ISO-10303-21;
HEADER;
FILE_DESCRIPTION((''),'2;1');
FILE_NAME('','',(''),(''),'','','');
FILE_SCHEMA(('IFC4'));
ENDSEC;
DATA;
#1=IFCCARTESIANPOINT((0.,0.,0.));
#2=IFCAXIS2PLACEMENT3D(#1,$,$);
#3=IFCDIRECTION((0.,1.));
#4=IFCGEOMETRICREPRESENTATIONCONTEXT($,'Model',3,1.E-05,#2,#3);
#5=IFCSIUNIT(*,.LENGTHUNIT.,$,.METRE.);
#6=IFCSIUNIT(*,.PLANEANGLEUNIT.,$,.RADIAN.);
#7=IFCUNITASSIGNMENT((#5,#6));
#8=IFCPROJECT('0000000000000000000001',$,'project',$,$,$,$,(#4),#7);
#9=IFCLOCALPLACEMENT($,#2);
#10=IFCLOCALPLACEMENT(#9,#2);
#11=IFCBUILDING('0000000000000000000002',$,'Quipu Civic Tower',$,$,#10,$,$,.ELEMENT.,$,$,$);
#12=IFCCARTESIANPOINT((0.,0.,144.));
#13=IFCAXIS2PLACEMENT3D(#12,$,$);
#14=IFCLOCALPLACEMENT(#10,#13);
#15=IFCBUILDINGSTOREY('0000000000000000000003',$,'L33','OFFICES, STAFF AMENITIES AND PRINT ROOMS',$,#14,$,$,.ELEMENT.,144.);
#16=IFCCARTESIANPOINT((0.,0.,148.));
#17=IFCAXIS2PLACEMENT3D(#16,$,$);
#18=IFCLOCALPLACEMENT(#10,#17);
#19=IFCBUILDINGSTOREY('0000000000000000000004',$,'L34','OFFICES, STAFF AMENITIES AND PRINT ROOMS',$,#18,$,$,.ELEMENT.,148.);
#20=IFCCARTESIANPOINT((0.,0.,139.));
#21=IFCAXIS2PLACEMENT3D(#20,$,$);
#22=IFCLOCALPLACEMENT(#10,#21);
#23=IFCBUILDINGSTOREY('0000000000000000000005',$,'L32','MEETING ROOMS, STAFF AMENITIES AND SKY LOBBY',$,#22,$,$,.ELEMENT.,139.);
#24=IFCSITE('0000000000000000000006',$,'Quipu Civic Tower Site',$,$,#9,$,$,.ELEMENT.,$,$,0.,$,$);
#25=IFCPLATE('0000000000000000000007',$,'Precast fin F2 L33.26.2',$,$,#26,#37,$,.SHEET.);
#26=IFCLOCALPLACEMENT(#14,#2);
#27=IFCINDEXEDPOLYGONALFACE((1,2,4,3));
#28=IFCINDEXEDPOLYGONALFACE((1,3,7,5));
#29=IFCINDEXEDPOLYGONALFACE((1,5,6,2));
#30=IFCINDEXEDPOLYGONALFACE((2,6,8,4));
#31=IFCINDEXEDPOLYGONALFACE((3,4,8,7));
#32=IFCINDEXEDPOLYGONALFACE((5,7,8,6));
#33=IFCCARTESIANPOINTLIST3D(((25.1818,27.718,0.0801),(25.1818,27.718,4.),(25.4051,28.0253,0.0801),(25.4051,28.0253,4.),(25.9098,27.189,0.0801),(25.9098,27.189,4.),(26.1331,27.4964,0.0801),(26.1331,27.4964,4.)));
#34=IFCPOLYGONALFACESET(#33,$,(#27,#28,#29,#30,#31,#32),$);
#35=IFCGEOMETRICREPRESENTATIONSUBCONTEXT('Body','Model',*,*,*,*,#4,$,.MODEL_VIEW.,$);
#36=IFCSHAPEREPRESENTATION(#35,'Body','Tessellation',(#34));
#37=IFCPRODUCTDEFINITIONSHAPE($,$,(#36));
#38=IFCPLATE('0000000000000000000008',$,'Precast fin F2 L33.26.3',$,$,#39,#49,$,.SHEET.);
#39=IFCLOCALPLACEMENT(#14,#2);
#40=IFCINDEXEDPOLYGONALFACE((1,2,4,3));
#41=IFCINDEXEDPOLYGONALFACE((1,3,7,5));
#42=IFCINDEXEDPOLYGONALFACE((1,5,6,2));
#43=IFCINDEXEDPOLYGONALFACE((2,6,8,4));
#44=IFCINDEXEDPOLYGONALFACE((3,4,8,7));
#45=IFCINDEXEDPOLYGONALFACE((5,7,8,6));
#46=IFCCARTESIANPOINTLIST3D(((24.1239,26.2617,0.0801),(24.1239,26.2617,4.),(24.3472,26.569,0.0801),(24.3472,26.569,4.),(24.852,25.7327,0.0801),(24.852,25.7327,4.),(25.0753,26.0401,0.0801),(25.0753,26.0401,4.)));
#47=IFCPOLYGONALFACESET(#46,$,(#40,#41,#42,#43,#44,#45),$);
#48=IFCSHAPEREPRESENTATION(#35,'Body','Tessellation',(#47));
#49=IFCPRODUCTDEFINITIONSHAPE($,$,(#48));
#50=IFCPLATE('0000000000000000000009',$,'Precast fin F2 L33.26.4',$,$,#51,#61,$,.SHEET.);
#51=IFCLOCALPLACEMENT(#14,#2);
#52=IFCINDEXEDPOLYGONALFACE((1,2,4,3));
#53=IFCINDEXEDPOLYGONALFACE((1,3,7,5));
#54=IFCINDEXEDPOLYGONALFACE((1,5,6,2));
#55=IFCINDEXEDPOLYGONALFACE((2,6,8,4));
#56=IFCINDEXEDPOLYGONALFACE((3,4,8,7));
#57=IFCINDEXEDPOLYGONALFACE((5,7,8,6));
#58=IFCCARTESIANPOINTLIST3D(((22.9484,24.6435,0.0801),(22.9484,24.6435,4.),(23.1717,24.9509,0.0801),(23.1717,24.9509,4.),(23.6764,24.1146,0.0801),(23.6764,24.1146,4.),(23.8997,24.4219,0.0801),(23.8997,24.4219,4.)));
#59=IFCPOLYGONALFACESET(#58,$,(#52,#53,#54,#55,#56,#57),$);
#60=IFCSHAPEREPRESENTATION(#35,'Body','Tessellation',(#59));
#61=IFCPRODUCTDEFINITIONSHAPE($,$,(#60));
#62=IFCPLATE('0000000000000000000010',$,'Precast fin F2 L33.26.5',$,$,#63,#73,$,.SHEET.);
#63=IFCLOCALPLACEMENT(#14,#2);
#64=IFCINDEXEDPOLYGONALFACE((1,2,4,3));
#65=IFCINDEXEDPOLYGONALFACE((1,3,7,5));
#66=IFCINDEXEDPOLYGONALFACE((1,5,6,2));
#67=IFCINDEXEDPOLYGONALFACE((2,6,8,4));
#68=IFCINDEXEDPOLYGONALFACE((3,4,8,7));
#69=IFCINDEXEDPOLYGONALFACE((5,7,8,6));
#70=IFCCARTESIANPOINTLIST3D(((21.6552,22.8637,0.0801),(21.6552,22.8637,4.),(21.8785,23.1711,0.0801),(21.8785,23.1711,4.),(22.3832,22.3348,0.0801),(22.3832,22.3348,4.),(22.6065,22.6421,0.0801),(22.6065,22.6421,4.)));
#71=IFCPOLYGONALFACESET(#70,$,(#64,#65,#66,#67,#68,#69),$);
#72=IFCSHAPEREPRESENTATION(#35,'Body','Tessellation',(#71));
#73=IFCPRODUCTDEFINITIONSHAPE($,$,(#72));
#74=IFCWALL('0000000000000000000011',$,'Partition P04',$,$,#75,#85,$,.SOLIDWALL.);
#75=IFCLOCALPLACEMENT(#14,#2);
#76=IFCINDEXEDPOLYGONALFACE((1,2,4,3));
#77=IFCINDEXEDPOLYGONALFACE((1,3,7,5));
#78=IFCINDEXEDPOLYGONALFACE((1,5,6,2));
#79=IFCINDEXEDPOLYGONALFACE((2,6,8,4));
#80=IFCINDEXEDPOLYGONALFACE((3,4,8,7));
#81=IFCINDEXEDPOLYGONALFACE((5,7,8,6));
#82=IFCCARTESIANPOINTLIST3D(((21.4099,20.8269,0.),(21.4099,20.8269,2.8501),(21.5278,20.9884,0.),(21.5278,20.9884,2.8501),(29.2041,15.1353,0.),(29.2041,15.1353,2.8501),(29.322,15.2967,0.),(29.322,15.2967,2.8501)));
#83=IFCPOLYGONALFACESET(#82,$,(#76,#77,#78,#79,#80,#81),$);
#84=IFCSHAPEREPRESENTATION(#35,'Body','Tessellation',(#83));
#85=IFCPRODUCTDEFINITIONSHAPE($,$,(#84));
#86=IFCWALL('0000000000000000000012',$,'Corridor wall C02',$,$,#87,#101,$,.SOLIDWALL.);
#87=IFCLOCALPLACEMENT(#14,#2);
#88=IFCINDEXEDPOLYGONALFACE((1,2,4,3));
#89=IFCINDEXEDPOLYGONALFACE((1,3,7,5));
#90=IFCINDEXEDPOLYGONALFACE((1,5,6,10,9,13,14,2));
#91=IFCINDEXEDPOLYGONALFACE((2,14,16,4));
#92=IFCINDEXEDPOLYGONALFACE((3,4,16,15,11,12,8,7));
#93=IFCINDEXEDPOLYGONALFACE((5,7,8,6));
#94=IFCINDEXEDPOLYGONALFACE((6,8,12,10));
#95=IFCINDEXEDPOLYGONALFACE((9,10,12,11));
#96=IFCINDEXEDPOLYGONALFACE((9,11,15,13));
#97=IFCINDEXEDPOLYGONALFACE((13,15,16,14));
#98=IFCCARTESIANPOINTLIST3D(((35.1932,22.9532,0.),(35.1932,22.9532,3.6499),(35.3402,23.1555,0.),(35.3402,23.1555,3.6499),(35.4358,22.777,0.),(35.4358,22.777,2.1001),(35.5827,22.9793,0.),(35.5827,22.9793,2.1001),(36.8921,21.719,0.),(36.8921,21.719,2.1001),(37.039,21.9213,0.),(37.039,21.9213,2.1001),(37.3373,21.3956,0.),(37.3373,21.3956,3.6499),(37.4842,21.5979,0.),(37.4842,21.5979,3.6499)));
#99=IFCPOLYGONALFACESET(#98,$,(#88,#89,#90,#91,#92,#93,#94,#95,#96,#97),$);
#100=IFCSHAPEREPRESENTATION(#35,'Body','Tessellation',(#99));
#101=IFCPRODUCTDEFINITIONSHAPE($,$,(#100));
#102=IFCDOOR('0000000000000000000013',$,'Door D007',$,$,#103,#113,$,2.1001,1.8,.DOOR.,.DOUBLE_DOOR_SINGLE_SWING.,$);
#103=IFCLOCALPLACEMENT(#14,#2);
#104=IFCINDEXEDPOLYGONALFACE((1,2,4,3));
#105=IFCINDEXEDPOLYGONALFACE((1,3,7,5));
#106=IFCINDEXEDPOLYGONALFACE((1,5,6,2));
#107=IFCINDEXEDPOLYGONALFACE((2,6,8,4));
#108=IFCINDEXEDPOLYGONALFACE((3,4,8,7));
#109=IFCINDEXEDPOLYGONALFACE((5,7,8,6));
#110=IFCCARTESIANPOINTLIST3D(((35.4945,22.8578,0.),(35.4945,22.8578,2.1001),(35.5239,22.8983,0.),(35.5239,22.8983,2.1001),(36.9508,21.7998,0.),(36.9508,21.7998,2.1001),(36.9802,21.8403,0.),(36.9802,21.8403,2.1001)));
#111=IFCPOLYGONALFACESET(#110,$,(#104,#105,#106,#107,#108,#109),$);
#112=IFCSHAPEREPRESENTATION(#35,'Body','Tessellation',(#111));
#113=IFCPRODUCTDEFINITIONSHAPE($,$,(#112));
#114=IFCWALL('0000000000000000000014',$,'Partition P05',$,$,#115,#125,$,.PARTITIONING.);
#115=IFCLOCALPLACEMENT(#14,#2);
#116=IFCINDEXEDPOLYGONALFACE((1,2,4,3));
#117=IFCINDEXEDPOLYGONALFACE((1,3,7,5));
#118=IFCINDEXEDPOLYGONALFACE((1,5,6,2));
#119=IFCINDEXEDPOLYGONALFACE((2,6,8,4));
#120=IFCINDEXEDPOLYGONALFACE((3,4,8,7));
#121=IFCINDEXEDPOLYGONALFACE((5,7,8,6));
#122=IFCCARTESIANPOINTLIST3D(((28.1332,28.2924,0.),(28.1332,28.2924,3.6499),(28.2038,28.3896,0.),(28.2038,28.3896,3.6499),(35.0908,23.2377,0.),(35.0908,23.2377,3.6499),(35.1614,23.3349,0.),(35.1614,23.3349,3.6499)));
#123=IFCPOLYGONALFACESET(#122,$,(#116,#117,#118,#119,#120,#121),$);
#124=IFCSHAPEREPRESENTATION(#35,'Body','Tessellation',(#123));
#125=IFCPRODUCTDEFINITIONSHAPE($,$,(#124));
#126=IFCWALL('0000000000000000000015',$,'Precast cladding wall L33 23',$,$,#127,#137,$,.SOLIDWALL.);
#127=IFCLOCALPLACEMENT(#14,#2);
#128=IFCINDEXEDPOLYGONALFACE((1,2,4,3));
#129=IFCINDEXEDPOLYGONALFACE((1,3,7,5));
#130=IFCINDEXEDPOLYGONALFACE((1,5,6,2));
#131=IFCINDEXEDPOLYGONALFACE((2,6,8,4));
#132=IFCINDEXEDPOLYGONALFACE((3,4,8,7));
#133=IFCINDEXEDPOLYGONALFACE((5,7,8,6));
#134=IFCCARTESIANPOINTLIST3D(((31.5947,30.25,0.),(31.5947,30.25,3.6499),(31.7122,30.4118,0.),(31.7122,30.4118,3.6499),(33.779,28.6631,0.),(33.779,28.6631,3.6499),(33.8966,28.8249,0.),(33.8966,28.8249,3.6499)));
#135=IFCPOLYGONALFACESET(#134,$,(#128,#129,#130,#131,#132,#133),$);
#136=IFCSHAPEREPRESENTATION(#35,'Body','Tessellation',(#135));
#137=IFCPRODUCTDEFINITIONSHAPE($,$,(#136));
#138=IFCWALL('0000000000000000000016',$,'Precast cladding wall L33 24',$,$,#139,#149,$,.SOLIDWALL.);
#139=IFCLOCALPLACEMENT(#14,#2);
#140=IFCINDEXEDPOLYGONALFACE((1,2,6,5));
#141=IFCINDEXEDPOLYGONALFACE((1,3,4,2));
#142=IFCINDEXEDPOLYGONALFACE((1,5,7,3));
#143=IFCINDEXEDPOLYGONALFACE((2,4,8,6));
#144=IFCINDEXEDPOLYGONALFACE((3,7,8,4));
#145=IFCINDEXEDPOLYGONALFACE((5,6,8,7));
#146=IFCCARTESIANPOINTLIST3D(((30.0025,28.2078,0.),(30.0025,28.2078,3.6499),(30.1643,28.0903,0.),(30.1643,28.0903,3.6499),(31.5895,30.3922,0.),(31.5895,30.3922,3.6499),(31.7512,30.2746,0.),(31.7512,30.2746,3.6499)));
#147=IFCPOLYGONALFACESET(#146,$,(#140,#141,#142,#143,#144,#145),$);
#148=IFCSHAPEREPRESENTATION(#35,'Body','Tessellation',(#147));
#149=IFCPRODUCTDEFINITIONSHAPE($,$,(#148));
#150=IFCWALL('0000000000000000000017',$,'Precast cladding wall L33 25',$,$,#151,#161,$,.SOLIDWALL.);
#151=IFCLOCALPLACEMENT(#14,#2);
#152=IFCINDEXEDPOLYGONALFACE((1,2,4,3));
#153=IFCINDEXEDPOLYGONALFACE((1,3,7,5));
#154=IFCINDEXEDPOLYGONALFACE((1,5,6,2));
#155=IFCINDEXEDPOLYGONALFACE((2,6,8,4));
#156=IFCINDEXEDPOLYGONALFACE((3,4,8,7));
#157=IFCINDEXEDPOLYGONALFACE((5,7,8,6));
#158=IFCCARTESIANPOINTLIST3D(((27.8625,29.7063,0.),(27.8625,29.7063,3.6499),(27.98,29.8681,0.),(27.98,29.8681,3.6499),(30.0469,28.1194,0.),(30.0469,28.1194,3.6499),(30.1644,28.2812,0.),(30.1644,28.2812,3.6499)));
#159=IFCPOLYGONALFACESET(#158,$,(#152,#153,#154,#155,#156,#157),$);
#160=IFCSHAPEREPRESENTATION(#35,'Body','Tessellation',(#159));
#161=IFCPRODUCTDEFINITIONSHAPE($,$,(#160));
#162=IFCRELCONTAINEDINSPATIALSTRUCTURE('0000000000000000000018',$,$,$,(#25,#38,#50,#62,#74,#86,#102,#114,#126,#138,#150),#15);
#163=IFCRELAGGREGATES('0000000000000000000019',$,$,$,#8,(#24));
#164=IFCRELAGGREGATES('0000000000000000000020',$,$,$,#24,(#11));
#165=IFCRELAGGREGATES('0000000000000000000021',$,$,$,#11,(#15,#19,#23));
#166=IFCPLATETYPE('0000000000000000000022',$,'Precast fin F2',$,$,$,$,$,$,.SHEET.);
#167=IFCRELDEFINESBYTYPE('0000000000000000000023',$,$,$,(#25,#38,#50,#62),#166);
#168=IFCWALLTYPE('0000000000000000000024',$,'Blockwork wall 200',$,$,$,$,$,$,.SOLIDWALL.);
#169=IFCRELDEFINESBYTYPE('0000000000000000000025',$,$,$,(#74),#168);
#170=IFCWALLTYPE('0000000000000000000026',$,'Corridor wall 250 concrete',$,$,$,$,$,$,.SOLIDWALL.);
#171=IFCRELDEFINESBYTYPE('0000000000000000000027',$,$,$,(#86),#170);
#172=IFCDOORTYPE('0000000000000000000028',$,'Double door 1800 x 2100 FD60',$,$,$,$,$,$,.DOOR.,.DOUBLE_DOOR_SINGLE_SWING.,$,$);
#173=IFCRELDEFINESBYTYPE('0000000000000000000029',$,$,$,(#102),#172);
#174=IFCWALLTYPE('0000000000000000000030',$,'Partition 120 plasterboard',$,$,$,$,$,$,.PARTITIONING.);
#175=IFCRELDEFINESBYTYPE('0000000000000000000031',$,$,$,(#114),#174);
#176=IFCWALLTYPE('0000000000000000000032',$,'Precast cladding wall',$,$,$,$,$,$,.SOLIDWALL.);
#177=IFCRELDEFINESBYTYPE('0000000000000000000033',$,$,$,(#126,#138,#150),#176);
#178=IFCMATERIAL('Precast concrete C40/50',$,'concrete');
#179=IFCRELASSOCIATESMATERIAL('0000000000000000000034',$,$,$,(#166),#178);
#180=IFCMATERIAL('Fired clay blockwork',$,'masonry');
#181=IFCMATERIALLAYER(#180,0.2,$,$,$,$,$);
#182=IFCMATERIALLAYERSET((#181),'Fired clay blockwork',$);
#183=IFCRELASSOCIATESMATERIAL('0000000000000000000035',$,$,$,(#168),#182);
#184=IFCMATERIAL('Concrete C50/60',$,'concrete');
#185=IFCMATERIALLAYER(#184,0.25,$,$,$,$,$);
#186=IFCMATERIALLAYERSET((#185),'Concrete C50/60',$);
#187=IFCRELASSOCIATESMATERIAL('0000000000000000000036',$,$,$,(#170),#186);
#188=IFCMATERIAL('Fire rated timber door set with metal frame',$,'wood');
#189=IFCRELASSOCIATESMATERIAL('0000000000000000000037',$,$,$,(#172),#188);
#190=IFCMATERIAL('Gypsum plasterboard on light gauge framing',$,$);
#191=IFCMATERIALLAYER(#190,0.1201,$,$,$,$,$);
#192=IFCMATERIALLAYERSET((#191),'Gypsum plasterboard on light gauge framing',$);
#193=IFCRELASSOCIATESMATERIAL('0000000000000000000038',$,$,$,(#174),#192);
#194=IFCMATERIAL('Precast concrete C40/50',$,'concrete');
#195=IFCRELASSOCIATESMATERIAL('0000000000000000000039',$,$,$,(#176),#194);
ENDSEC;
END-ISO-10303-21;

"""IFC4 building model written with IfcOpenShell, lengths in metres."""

from ifc_helpers import new_model, si_unit, direction, frame, frame_2d, origin, origin_2d, place, context, subcontext, project, spatial, rectangle, extrude, material, layer, layer_set, type_object, element, fill, save


model = new_model("IFC4")

# Units and contexts
model_context = context("Model", 3, precision=1e-05, world=origin(), true_north=direction((0.0, 1.0)))
body_context = subcontext(model_context, "Body", "Model", "MODEL_VIEW")
ifc_project = project(units=[si_unit("LENGTHUNIT", "METRE"), si_unit("PLANEANGLEUNIT", "RADIAN")], contexts=[model_context])

# Site, building, storey
site_placement = place(None, origin())
site = spatial("IfcSite", under=ifc_project, at=site_placement, Name="Quipu Civic Tower Site", CompositionType="ELEMENT", RefElevation=0.0)
building_placement = place(site_placement, origin())
building = spatial("IfcBuilding", under=site, at=building_placement, Name="Quipu Civic Tower", CompositionType="ELEMENT")
storey_1_placement = place(building_placement, frame((0.0, 0.0, 144.0)))
storey_1 = spatial("IfcBuildingStorey", under=building, at=storey_1_placement, Name="L33", Description="OFFICES, STAFF AMENITIES AND PRINT ROOMS", CompositionType="ELEMENT", Elevation=144.0)

# Shared definitions
storey_2_placement = place(building_placement, frame((0.0, 0.0, 148.0)))
storey_2 = spatial("IfcBuildingStorey", under=building, at=storey_2_placement, Name="L34", Description="OFFICES, STAFF AMENITIES AND PRINT ROOMS", CompositionType="ELEMENT", Elevation=148.0)

# Shared definitions
storey_3_placement = place(building_placement, frame((0.0, 0.0, 139.0)))
storey_3 = spatial("IfcBuildingStorey", under=building, at=storey_3_placement, Name="L32", Description="MEETING ROOMS, STAFF AMENITIES AND SKY LOBBY", CompositionType="ELEMENT", Elevation=139.0)

# Plates
ifc_material_1 = material(Name="Precast concrete C40/50", Category="concrete")
plate_type_1 = type_object("IfcPlateType", Name="Precast fin F2", PredefinedType="SHEET", material=ifc_material_1)
for number, where, z_axis, x_axis, name in (
    (1, (25.6575, 27.6072, 0.0801), (0.0, 0.0, 1.0), (-0.587787, -0.809016, 0.0), "Precast fin F2 L33.26.2"),
    (2, (24.5996, 26.1509, 0.0801), (0.0, 0.0, 1.0), (-0.587787, -0.809016, 0.0), "Precast fin F2 L33.26.3"),
    (3, (23.4241, 24.5327, 0.0801), (0.0, 0.0, 1.0), (-0.587787, -0.809016, 0.0), "Precast fin F2 L33.26.4"),
    (4, (22.1309, 22.7529, 0.0801), (0.0, 0.0, 1.0), (-0.587787, -0.809016, 0.0), "Precast fin F2 L33.26.5"),
):
    element("IfcPlate", number, at=place(storey_1_placement, frame(where, z_axis=z_axis, x_axis=x_axis)), inside=storey_1, type_object=plate_type_1, Name=name, PredefinedType="SHEET", context=body_context, shape_type="SweptSolid", body=[
        extrude(rectangle(XDim=0.3799, YDim=0.8999, at=origin_2d()), origin(), (0.0, 0.0, 1.0), 3.9199),
    ])

# Wall
ifc_material_2 = material(Name="Fired clay blockwork", Category="masonry")
ifc_layer_1 = layer(ifc_material_2, 0.2)
ifc_layer_set_1 = layer_set([ifc_layer_1], Name="Fired clay blockwork")
wall_type_1 = type_object("IfcWallType", Name="Blockwork wall 200", PredefinedType="SOLIDWALL", material=ifc_layer_set_1)
wall_1_placement = place(storey_1_placement, frame((21.4688, 20.9077, 0.0), z_axis=(0.0, 0.0, 1.0), x_axis=(0.807594, -0.589739, 0.0)))
element("IfcWall", 5, at=wall_1_placement, inside=storey_1, type_object=wall_type_1, Name="Partition P04", PredefinedType="SOLIDWALL", context=body_context, shape_type="SweptSolid", body=[
    extrude(rectangle(XDim=9.6511, YDim=0.2, at=frame_2d((4.8257, 0.0))), origin(), (0.0, 0.0, 1.0), 2.8501),
])

# Wall, opening, door
ifc_material_3 = material(Name="Concrete C50/60", Category="concrete")
ifc_layer_2 = layer(ifc_material_3, 0.25)
ifc_layer_set_2 = layer_set([ifc_layer_2], Name="Concrete C50/60")
wall_type_2 = type_object("IfcWallType", Name="Corridor wall 250 concrete", PredefinedType="SOLIDWALL", material=ifc_layer_set_2)
wall_2_placement = place(storey_1_placement, frame((35.2666, 23.0544, 0.0), z_axis=(0.0, 0.0, 1.0), x_axis=(0.809039, -0.587755, 0.0)))
wall_2 = element("IfcWall", 6, at=wall_2_placement, inside=storey_1, type_object=wall_type_2, Name="Corridor wall C02", PredefinedType="SOLIDWALL", context=body_context, shape_type="SweptSolid", body=[
    extrude(rectangle(XDim=2.6501, YDim=0.25, at=frame_2d((1.3252, 0.0))), origin(), (0.0, 0.0, 1.0), 3.6499),
])
opening_placement = place(wall_2_placement, frame((0.3, 0.0, 0.0)))
opening = element("IfcOpeningElement", 7, at=opening_placement, cuts=wall_2, PredefinedType="OPENING", context=body_context, shape_type="SweptSolid", body=[
    extrude(rectangle(XDim=1.8, YDim=2.1001, at=frame_2d((0.8999, 1.05))), frame((0.0, 0.135, 0.0), z_axis=(0.0, -1.0, 0.0), x_axis=(1.0, 0.0, 0.0)), (0.0, 0.0, 1.0), 0.27),
])
ifc_material_4 = material(Name="Fire rated timber door set with metal frame", Category="wood")
door_type = type_object("IfcDoorType", Name="Double door 1800 x 2100 FD60", OperationType="DOUBLE_DOOR_SINGLE_SWING", PredefinedType="DOOR", material=ifc_material_4)
door_placement = place(opening_placement, origin())
door = element("IfcDoor", 8, at=door_placement, inside=storey_1, type_object=door_type, Name="Door D007", OperationType="DOUBLE_DOOR_SINGLE_SWING", OverallHeight=2.1001, OverallWidth=1.8, PredefinedType="DOOR", context=body_context, shape_type="SweptSolid", body=[
    extrude(rectangle(XDim=1.8, YDim=2.1001, at=frame_2d((0.8999, 1.05))), frame((0.0, 0.0249, 0.0), z_axis=(0.0, -1.0, 0.0), x_axis=(1.0, 0.0, 0.0)), (0.0, 0.0, 1.0), 0.05),
])
fill(opening, door)

# Walls
ifc_material_5 = material(Name="Gypsum plasterboard on light gauge framing")
ifc_layer_3 = layer(ifc_material_5, 0.1201)
ifc_layer_set_3 = layer_set([ifc_layer_3], Name="Gypsum plasterboard on light gauge framing")
wall_type_3 = type_object("IfcWallType", Name="Partition 120 plasterboard", PredefinedType="PARTITIONING", material=ifc_layer_set_3)
wall_3_placement = place(storey_1_placement, frame((35.126, 23.2864, 0.0), z_axis=(0.0, 0.0, 1.0), x_axis=(-0.809031, 0.587767, 0.0)))
element("IfcWall", 9, at=wall_3_placement, inside=storey_1, type_object=wall_type_3, Name="Partition P05", PredefinedType="PARTITIONING", context=body_context, shape_type="SweptSolid", body=[
    extrude(rectangle(XDim=8.5999, YDim=0.1201, at=frame_2d((4.2998, 0.0))), origin(), (0.0, 0.0, 1.0), 3.6499),
])
ifc_material_6 = material(Name="Precast concrete C40/50", Category="concrete")
wall_type_4 = type_object("IfcWallType", Name="Precast cladding wall", PredefinedType="SOLIDWALL", material=ifc_material_6)
for number, where, z_axis, x_axis, name in (
    (10, (33.8379, 28.7439, 0.0), (0.0, 0.0, 1.0), (-0.809033, 0.587763, 0.0), "Precast cladding wall L33 23"),
    (11, (31.6704, 30.3335, 0.0), (0.0, 0.0, 1.0), (-0.587763, -0.809033, 0.0), "Precast cladding wall L33 24"),
    (12, (30.1057, 28.2002, 0.0), (0.0, 0.0, 1.0), (-0.809033, 0.587763, 0.0), "Precast cladding wall L33 25"),
):
    element("IfcWall", number, at=place(storey_1_placement, frame(where, z_axis=z_axis, x_axis=x_axis)), inside=storey_1, type_object=wall_type_4, Name=name, PredefinedType="SOLIDWALL", context=body_context, shape_type="SweptSolid", body=[
        extrude(rectangle(XDim=2.7, YDim=0.2, at=frame_2d((1.3501, 0.0))), origin(), (0.0, 0.0, 1.0), 3.6499),
    ])

save(model, "model.ifc")
